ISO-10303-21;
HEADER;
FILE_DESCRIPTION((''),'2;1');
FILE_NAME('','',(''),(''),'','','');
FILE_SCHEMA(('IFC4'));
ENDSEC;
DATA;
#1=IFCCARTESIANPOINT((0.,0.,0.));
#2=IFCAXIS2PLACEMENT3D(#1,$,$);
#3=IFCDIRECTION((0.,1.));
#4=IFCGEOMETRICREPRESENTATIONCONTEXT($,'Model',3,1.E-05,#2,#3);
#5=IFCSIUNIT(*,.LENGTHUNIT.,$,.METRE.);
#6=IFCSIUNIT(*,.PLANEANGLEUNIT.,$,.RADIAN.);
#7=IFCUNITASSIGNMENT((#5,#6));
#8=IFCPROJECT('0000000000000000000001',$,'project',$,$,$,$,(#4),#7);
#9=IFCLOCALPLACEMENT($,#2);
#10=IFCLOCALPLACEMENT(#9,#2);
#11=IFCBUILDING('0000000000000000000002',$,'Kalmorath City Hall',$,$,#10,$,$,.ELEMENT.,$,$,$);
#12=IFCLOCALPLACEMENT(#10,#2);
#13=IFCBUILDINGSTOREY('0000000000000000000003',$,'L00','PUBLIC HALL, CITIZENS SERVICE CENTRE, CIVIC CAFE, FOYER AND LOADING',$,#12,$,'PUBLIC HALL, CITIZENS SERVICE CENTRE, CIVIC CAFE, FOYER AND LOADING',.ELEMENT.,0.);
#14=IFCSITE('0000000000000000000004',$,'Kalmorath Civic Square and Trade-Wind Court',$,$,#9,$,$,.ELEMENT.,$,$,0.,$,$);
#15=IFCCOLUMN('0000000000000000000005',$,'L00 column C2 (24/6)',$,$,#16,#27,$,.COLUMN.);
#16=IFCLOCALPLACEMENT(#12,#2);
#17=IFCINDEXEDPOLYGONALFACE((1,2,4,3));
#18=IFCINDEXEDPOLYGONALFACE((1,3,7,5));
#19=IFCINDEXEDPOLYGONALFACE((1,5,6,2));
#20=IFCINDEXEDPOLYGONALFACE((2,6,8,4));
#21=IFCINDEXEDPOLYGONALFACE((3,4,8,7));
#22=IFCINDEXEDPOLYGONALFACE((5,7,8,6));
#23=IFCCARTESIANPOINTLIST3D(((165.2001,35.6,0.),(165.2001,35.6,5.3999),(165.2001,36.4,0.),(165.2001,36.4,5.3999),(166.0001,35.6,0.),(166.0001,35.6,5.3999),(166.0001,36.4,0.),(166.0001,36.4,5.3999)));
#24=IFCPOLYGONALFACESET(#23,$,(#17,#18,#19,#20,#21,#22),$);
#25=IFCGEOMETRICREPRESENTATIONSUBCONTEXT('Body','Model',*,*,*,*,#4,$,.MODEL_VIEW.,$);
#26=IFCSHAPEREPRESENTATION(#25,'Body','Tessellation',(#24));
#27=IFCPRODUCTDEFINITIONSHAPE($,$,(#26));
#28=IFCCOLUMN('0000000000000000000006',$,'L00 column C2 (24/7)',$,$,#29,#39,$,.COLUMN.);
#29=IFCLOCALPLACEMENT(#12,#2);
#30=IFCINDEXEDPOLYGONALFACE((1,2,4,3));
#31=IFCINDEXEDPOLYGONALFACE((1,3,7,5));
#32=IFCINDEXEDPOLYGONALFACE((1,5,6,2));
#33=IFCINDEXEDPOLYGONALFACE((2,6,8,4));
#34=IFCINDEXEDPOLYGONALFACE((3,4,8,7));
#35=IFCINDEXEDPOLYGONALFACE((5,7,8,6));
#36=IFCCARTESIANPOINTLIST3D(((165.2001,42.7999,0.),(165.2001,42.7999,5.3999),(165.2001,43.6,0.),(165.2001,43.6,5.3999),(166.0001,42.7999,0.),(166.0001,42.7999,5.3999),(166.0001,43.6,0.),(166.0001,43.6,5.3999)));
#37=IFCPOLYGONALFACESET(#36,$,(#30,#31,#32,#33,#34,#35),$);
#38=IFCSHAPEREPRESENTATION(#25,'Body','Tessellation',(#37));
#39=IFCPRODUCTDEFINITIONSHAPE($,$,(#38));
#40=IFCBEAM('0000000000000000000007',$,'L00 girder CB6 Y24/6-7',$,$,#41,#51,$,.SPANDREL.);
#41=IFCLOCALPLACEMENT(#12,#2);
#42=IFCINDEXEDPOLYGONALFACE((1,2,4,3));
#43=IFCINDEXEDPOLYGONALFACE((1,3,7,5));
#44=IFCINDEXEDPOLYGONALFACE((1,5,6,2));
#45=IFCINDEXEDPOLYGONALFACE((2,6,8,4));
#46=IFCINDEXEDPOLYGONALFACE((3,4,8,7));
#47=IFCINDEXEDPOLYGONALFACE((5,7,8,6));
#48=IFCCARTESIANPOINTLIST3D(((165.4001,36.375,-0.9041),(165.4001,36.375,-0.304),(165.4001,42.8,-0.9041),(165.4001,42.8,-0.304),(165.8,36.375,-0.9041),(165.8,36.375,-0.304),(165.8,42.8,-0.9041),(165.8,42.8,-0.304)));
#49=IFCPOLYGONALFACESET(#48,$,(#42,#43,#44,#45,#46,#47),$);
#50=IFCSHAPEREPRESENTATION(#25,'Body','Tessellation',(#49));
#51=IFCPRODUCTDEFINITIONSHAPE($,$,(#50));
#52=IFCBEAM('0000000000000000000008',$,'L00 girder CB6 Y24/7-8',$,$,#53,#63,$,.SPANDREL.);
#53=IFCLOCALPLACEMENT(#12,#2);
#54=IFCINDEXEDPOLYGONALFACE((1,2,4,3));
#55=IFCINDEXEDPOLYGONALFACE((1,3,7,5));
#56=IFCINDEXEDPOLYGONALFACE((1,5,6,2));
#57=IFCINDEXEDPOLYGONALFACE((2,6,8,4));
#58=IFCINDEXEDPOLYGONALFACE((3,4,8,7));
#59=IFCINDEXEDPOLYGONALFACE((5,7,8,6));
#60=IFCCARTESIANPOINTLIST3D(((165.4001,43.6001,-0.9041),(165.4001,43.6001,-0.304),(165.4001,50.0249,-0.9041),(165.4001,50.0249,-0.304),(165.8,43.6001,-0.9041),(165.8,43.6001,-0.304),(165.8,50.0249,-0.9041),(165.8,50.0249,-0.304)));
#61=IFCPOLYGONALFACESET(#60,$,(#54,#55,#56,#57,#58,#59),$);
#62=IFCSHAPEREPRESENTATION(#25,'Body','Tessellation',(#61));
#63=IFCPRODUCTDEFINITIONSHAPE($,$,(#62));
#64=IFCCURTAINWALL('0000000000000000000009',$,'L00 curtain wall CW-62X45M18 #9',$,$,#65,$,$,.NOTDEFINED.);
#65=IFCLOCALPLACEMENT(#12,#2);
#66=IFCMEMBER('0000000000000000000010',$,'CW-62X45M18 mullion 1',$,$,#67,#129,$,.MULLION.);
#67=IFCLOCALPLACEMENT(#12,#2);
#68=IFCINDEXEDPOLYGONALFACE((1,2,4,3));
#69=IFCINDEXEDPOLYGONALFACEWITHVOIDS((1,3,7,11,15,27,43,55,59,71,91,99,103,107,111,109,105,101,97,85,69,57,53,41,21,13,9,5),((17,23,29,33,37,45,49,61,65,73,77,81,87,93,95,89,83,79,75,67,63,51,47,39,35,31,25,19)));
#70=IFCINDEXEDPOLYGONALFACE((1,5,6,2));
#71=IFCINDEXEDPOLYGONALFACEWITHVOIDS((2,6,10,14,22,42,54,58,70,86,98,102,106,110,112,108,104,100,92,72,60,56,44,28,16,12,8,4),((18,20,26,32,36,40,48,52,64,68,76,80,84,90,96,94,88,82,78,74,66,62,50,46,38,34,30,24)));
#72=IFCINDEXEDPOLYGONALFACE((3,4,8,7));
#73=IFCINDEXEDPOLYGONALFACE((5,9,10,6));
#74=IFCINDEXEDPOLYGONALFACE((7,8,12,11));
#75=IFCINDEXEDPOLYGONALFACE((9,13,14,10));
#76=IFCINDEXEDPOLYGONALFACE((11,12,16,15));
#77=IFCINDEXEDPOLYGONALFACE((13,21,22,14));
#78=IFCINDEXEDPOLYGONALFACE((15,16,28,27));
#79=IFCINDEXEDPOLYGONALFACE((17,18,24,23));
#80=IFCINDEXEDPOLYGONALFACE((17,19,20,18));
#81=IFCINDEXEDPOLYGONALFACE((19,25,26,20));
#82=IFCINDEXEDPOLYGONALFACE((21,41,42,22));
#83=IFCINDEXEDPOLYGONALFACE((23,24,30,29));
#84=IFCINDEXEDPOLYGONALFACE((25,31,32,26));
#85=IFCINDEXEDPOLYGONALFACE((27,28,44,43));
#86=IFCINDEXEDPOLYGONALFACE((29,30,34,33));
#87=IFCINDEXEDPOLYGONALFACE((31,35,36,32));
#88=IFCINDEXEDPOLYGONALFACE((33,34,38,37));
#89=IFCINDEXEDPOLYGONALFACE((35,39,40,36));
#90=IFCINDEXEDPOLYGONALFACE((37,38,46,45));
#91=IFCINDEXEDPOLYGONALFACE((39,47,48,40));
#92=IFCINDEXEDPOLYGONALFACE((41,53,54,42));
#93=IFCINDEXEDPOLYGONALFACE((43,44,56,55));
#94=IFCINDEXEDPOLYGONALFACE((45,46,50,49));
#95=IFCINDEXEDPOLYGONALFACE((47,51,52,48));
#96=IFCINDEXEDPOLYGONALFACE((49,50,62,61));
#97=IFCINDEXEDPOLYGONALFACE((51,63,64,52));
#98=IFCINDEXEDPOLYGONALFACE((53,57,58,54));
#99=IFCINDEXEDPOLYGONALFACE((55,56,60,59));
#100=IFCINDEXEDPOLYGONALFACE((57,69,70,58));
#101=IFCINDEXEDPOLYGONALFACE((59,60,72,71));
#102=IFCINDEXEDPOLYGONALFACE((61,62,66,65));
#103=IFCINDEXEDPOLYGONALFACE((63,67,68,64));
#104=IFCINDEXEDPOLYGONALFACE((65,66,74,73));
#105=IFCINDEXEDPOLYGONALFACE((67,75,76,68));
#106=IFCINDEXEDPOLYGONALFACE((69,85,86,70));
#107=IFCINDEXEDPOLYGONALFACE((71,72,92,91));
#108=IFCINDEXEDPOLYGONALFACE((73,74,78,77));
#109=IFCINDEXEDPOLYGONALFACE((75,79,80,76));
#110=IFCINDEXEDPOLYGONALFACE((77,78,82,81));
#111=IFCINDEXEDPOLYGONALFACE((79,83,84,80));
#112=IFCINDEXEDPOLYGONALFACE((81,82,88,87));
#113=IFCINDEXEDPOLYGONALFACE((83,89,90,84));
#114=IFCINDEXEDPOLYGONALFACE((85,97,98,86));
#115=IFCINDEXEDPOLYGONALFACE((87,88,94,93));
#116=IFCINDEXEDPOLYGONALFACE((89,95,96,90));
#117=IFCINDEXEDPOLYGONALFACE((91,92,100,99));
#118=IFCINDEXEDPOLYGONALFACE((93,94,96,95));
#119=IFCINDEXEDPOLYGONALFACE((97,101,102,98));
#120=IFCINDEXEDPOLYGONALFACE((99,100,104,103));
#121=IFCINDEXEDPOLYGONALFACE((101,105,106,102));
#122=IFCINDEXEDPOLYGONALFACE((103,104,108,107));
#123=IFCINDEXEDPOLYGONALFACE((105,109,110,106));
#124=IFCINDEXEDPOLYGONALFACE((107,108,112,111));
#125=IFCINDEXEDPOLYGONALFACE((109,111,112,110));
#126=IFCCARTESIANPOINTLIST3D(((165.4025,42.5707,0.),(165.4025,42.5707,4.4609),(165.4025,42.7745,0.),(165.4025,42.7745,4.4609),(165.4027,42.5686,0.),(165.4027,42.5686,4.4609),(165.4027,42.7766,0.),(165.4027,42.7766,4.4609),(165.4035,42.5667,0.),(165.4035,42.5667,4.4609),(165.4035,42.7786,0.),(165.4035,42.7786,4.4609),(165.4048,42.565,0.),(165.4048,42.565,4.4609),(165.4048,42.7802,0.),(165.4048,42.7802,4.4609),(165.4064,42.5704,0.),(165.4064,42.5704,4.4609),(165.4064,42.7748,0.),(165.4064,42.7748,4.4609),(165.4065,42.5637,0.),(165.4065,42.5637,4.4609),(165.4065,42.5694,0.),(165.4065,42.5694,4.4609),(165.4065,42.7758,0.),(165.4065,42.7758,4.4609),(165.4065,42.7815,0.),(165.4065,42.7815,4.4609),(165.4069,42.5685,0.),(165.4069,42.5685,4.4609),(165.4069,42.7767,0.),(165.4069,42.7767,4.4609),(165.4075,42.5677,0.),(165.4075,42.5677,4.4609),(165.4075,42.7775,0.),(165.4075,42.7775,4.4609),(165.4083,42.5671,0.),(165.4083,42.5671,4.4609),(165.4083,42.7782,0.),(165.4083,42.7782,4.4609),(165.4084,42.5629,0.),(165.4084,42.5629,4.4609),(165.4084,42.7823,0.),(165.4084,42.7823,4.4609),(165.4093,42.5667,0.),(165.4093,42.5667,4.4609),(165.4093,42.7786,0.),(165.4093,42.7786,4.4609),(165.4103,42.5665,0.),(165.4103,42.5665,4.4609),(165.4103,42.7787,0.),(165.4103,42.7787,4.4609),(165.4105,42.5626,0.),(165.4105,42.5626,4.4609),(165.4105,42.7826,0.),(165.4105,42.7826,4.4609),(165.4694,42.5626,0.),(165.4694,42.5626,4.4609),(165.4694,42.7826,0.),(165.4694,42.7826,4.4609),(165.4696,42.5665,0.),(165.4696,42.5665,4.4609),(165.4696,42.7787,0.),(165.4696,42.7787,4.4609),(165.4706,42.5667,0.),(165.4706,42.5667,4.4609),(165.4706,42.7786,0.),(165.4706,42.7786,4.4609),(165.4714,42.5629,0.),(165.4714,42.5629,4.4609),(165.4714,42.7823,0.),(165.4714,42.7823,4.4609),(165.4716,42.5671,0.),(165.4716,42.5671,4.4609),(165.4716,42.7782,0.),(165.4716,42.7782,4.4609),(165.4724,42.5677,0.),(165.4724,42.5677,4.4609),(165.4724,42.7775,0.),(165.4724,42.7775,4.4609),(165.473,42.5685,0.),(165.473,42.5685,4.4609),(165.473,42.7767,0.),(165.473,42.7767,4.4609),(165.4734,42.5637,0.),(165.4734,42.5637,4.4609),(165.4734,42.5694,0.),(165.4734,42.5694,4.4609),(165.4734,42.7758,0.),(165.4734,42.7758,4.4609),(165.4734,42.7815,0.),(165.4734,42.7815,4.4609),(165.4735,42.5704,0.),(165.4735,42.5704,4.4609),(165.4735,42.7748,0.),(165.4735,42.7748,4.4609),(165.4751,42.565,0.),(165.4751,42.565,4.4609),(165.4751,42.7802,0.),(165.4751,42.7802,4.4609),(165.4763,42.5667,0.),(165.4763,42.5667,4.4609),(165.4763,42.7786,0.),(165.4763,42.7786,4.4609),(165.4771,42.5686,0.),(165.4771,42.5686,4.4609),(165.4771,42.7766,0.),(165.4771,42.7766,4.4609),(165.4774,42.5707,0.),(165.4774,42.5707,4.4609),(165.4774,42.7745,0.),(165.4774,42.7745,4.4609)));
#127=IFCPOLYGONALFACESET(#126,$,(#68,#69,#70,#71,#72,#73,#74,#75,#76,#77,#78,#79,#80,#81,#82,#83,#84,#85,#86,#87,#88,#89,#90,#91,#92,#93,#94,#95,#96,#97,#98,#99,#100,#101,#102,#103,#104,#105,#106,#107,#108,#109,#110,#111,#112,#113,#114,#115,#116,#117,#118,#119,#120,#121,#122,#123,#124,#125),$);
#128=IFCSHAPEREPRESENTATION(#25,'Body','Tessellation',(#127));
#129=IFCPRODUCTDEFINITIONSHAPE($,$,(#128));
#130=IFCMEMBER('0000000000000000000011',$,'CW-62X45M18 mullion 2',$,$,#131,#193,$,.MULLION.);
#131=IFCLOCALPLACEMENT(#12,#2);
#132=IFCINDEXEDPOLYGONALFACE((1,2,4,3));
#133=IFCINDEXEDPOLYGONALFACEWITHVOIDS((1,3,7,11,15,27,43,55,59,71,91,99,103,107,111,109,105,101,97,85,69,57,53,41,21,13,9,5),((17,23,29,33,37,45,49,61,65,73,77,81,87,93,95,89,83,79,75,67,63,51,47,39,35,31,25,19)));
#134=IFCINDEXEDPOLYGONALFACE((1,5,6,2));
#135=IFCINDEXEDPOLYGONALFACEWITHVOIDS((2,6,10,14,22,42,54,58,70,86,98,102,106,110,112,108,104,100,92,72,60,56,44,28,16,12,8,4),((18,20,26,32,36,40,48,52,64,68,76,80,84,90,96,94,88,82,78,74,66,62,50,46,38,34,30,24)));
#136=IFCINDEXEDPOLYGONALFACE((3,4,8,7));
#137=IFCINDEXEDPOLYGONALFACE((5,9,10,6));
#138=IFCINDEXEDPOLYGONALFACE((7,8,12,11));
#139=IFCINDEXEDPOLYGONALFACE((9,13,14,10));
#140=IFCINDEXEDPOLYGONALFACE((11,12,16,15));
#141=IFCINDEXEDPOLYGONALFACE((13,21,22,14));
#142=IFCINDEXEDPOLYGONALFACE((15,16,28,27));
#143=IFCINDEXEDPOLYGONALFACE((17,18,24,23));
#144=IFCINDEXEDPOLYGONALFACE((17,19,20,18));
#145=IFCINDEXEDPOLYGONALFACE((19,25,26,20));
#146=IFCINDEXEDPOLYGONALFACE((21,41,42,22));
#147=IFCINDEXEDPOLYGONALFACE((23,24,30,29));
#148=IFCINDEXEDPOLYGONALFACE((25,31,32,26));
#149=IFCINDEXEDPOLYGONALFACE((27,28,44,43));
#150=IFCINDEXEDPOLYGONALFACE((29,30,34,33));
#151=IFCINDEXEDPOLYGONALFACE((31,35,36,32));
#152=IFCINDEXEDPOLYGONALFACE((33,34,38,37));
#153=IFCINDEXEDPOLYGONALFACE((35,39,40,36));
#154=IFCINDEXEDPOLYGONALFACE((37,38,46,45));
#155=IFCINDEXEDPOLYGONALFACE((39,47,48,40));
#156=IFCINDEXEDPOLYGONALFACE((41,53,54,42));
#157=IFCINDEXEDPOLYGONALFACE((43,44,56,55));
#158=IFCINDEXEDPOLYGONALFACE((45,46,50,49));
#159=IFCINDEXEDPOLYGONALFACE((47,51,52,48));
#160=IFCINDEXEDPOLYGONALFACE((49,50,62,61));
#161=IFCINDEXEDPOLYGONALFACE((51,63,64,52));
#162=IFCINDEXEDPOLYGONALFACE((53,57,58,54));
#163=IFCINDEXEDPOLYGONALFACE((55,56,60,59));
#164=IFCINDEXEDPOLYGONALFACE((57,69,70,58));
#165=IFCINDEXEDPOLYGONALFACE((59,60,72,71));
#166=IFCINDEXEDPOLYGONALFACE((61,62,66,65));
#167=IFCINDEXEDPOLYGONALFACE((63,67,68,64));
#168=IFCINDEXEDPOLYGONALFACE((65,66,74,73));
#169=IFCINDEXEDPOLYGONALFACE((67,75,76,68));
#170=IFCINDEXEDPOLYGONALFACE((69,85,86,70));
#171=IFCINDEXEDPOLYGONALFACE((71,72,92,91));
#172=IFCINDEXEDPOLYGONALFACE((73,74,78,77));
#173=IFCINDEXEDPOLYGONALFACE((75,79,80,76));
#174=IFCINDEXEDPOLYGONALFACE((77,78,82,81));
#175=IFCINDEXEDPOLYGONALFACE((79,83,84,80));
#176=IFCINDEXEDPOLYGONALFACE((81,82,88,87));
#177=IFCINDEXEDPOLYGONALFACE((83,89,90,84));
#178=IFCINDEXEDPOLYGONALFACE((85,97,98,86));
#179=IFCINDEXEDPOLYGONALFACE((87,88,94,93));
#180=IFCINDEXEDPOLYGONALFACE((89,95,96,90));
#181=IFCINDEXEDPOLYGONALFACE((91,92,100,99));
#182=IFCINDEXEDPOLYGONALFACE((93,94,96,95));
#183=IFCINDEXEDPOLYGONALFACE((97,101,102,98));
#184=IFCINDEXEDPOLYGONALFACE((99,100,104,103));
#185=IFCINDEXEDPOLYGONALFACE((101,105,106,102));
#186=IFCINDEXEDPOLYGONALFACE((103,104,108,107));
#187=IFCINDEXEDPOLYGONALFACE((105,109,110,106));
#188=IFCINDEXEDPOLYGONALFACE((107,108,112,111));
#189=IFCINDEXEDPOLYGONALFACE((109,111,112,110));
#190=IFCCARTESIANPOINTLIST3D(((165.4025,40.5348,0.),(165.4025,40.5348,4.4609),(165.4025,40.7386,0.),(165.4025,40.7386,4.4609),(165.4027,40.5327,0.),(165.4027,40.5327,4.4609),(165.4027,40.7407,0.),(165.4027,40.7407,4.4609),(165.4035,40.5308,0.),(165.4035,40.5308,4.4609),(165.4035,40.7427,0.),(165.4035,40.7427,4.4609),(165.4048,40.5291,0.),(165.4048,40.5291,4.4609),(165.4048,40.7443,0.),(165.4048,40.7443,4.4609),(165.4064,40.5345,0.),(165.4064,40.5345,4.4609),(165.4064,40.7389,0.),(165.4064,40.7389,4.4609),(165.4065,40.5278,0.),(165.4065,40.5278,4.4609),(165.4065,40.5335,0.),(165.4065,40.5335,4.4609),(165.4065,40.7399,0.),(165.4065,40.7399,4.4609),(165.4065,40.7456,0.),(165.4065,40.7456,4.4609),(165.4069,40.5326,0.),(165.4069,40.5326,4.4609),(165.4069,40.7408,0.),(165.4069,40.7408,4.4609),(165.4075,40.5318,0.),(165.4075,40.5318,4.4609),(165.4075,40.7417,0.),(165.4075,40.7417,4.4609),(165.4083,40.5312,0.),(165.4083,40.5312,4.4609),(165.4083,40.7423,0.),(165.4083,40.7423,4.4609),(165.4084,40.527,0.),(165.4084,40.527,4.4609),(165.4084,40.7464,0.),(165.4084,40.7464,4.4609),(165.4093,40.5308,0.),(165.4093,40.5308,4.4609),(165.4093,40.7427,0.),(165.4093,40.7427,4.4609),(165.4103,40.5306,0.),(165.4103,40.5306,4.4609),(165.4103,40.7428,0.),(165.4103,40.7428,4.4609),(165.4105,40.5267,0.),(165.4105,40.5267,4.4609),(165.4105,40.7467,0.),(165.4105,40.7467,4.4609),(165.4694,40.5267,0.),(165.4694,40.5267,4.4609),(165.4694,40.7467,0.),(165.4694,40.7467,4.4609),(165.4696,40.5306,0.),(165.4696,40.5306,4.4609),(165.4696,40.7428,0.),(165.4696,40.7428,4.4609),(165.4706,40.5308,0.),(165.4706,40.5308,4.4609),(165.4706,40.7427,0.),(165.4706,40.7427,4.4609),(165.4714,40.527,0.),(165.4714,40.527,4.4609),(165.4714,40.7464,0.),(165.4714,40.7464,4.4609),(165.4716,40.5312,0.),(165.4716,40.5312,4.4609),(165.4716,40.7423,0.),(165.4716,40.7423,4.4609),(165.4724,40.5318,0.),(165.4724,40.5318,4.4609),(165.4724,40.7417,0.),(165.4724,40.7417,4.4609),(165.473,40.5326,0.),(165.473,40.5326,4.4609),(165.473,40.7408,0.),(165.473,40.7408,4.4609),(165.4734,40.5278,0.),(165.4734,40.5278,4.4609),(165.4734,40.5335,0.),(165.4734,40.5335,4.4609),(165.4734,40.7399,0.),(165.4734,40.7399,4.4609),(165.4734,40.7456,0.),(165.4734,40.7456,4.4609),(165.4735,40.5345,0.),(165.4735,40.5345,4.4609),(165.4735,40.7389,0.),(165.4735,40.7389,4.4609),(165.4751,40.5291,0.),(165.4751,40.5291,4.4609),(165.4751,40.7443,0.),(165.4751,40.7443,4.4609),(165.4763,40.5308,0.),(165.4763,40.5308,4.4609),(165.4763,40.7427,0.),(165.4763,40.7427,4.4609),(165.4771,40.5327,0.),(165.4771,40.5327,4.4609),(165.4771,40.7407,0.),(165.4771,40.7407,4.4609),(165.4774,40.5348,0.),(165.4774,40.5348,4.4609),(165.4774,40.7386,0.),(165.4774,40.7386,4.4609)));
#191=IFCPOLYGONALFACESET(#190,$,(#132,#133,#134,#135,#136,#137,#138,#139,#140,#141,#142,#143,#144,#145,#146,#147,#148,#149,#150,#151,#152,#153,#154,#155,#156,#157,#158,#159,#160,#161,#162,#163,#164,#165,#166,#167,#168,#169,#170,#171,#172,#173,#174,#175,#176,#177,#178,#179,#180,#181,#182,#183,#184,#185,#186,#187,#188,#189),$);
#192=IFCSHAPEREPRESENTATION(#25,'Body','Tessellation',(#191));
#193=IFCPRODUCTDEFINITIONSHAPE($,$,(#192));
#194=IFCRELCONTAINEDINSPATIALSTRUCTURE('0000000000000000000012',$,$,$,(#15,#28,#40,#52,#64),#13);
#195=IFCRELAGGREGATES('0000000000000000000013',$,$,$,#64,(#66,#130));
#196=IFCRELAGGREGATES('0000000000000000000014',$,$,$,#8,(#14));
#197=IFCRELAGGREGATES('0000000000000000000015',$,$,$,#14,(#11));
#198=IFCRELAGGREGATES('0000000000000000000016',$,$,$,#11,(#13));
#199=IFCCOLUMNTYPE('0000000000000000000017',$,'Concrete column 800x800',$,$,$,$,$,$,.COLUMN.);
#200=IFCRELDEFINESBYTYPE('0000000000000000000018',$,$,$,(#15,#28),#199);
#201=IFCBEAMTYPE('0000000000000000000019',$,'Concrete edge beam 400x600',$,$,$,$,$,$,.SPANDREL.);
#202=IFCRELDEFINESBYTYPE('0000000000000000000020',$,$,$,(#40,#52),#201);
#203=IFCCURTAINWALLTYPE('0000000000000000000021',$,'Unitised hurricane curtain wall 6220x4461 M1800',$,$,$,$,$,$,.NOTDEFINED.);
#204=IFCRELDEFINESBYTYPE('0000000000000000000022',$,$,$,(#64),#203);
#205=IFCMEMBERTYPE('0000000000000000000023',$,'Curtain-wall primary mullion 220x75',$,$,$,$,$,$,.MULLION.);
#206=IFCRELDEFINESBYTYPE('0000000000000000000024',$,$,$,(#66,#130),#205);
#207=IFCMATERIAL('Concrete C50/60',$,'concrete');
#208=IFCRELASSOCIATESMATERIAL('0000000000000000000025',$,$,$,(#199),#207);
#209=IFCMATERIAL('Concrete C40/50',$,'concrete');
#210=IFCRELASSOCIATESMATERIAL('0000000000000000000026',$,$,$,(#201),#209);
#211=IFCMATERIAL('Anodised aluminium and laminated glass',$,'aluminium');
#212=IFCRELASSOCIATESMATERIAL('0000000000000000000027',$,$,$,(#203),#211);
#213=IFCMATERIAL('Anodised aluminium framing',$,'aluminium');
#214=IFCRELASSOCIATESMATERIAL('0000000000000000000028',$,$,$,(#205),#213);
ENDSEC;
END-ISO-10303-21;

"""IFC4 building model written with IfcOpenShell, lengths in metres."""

from ifc_helpers import new_model, si_unit, direction, frame, origin, origin_2d, place, context, subcontext, project, spatial, rectangle, hollow_rectangle, extrude, material, material_profile, profile_set, type_object, element, aggregate, save


model = new_model("IFC4")

# Units and contexts
model_context = context("Model", 3, precision=1e-05, world=origin(), true_north=direction((0.0, 1.0)))
body_context = subcontext(model_context, "Body", "Model", "MODEL_VIEW")
ifc_project = project(units=[si_unit("LENGTHUNIT", "METRE"), si_unit("PLANEANGLEUNIT", "RADIAN")], contexts=[model_context])

# Site, building, storey
site_placement = place(None, origin())
site = spatial("IfcSite", under=ifc_project, at=site_placement, Name="Kalmorath Civic Square and Trade-Wind Court", CompositionType="ELEMENT", RefElevation=0.0)
building_placement = place(site_placement, origin())
building = spatial("IfcBuilding", under=site, at=building_placement, Name="Kalmorath City Hall", CompositionType="ELEMENT")
storey_placement = place(building_placement, origin())
storey = spatial("IfcBuildingStorey", under=building, at=storey_placement, Name="L00", Description="PUBLIC HALL, CITIZENS SERVICE CENTRE, CIVIC CAFE, FOYER AND LOADING", LongName="PUBLIC HALL, CITIZENS SERVICE CENTRE, CIVIC CAFE, FOYER AND LOADING", CompositionType="ELEMENT", Elevation=0.0)

# Columns
ifc_material_1 = material(Name="Concrete C50/60", Category="concrete")
ifc_material_profile_1 = material_profile(ifc_material_1, rectangle(XDim=0.8, YDim=0.8, at=origin_2d()), Name="RC-COL-800X800")
ifc_profile_set_1 = profile_set([ifc_material_profile_1], Name="Concrete C50/60")
column_type = type_object("IfcColumnType", Name="Concrete column 800x800", PredefinedType="COLUMN", material=ifc_profile_set_1)
for number, where, z_axis, x_axis, name in (
    (1, (165.6001, 36.0, 0.0), (0.0, 0.0, 1.0), (1.0, 0.0, 0.0), "L00 column C2 (24/6)"),
    (2, (165.6001, 43.2, 0.0), (0.0, 0.0, 1.0), (1.0, 0.0, 0.0), "L00 column C2 (24/7)"),
):
    element("IfcColumn", number, at=place(storey_placement, frame(where, z_axis=z_axis, x_axis=x_axis)), inside=storey, type_object=column_type, Name=name, PredefinedType="COLUMN", context=body_context, shape_type="SweptSolid", body=[
        extrude(rectangle(XDim=0.8, YDim=0.8, at=origin_2d()), origin(), (0.0, 0.0, 1.0), 5.3999),
    ])

# Beams
ifc_material_2 = material(Name="Concrete C40/50", Category="concrete")
ifc_material_profile_2 = material_profile(ifc_material_2, rectangle(XDim=0.3999, YDim=0.6001, at=origin_2d()), Name="RC-BM-400X600")
ifc_profile_set_2 = profile_set([ifc_material_profile_2], Name="Concrete C40/50")
beam_type = type_object("IfcBeamType", Name="Concrete edge beam 400x600", PredefinedType="SPANDREL", material=ifc_profile_set_2)
beam_1_placement = place(storey_placement, frame((165.6001, 36.375, -0.604), z_axis=(0.0, 1.0, 0.0), x_axis=(-1.0, 0.0, 0.0)))
element("IfcBeam", 3, at=beam_1_placement, inside=storey, type_object=beam_type, Name="L00 girder CB6 Y24/6-7", PredefinedType="SPANDREL", context=body_context, shape_type="SweptSolid", body=[
    extrude(rectangle(XDim=0.3999, YDim=0.6001, at=origin_2d()), origin(), (0.0, 0.0, 1.0), 6.425),
])
beam_2_placement = place(storey_placement, frame((165.6001, 43.6001, -0.604), z_axis=(0.0, 1.0, 0.0), x_axis=(-1.0, 0.0, 0.0)))
element("IfcBeam", 4, at=beam_2_placement, inside=storey, type_object=beam_type, Name="L00 girder CB6 Y24/7-8", PredefinedType="SPANDREL", context=body_context, shape_type="SweptSolid", body=[
    extrude(rectangle(XDim=0.3999, YDim=0.6001, at=origin_2d()), origin(), (0.0, 0.0, 1.0), 6.4248),
])

# Curtain wall, members
ifc_material_3 = material(Name="Anodised aluminium and laminated glass", Category="aluminium")
curtain_wall_type = type_object("IfcCurtainWallType", Name="Unitised hurricane curtain wall 6220x4461 M1800", PredefinedType="NOTDEFINED", material=ifc_material_3)
curtain_wall_placement = place(storey_placement, origin())
curtain_wall = element("IfcCurtainWall", 5, at=curtain_wall_placement, inside=storey, type_object=curtain_wall_type, Name="L00 curtain wall CW-62X45M18 #9", PredefinedType="NOTDEFINED")
ifc_material_4 = material(Name="Anodised aluminium framing", Category="aluminium")
ifc_material_profile_3 = material_profile(ifc_material_4, hollow_rectangle(XDim=0.075, YDim=0.22, WallThickness=0.0039, InnerFilletRadius=0.0039, OuterFilletRadius=0.0081, at=origin_2d()), Name="ALU-MUL-220X75X4")
ifc_profile_set_3 = profile_set([ifc_material_profile_3], Name="Anodised aluminium framing")
member_type_1 = type_object("IfcMemberType", Name="Curtain-wall primary mullion 220x75", PredefinedType="MULLION", material=ifc_profile_set_3)
member_1_placement = place(storey_placement, frame((165.4399, 42.6726, 0.0), z_axis=(0.0, 0.0, 1.0), x_axis=(1.0, 0.0, 0.0)))
member_1 = element("IfcMember", 6, at=member_1_placement, type_object=member_type_1, Name="CW-62X45M18 mullion 1", PredefinedType="MULLION", context=body_context, shape_type="SweptSolid", body=[
    extrude(hollow_rectangle(XDim=0.075, YDim=0.22, WallThickness=0.0039, InnerFilletRadius=0.0039, OuterFilletRadius=0.0081, at=origin_2d()), origin(), (0.0, 0.0, 1.0), 4.4609),
])
member_2_placement = place(storey_placement, frame((165.4399, 40.6367, 0.0), z_axis=(0.0, 0.0, 1.0), x_axis=(1.0, 0.0, 0.0)))
member_2 = element("IfcMember", 7, at=member_2_placement, type_object=member_type_1, Name="CW-62X45M18 mullion 2", PredefinedType="MULLION", context=body_context, shape_type="SweptSolid", body=[
    extrude(hollow_rectangle(XDim=0.075, YDim=0.22, WallThickness=0.0039, InnerFilletRadius=0.0039, OuterFilletRadius=0.0081, at=origin_2d()), origin(), (0.0, 0.0, 1.0), 4.4609),
])
aggregate(curtain_wall, [member_1, member_2])

save(model, "model.ifc")
